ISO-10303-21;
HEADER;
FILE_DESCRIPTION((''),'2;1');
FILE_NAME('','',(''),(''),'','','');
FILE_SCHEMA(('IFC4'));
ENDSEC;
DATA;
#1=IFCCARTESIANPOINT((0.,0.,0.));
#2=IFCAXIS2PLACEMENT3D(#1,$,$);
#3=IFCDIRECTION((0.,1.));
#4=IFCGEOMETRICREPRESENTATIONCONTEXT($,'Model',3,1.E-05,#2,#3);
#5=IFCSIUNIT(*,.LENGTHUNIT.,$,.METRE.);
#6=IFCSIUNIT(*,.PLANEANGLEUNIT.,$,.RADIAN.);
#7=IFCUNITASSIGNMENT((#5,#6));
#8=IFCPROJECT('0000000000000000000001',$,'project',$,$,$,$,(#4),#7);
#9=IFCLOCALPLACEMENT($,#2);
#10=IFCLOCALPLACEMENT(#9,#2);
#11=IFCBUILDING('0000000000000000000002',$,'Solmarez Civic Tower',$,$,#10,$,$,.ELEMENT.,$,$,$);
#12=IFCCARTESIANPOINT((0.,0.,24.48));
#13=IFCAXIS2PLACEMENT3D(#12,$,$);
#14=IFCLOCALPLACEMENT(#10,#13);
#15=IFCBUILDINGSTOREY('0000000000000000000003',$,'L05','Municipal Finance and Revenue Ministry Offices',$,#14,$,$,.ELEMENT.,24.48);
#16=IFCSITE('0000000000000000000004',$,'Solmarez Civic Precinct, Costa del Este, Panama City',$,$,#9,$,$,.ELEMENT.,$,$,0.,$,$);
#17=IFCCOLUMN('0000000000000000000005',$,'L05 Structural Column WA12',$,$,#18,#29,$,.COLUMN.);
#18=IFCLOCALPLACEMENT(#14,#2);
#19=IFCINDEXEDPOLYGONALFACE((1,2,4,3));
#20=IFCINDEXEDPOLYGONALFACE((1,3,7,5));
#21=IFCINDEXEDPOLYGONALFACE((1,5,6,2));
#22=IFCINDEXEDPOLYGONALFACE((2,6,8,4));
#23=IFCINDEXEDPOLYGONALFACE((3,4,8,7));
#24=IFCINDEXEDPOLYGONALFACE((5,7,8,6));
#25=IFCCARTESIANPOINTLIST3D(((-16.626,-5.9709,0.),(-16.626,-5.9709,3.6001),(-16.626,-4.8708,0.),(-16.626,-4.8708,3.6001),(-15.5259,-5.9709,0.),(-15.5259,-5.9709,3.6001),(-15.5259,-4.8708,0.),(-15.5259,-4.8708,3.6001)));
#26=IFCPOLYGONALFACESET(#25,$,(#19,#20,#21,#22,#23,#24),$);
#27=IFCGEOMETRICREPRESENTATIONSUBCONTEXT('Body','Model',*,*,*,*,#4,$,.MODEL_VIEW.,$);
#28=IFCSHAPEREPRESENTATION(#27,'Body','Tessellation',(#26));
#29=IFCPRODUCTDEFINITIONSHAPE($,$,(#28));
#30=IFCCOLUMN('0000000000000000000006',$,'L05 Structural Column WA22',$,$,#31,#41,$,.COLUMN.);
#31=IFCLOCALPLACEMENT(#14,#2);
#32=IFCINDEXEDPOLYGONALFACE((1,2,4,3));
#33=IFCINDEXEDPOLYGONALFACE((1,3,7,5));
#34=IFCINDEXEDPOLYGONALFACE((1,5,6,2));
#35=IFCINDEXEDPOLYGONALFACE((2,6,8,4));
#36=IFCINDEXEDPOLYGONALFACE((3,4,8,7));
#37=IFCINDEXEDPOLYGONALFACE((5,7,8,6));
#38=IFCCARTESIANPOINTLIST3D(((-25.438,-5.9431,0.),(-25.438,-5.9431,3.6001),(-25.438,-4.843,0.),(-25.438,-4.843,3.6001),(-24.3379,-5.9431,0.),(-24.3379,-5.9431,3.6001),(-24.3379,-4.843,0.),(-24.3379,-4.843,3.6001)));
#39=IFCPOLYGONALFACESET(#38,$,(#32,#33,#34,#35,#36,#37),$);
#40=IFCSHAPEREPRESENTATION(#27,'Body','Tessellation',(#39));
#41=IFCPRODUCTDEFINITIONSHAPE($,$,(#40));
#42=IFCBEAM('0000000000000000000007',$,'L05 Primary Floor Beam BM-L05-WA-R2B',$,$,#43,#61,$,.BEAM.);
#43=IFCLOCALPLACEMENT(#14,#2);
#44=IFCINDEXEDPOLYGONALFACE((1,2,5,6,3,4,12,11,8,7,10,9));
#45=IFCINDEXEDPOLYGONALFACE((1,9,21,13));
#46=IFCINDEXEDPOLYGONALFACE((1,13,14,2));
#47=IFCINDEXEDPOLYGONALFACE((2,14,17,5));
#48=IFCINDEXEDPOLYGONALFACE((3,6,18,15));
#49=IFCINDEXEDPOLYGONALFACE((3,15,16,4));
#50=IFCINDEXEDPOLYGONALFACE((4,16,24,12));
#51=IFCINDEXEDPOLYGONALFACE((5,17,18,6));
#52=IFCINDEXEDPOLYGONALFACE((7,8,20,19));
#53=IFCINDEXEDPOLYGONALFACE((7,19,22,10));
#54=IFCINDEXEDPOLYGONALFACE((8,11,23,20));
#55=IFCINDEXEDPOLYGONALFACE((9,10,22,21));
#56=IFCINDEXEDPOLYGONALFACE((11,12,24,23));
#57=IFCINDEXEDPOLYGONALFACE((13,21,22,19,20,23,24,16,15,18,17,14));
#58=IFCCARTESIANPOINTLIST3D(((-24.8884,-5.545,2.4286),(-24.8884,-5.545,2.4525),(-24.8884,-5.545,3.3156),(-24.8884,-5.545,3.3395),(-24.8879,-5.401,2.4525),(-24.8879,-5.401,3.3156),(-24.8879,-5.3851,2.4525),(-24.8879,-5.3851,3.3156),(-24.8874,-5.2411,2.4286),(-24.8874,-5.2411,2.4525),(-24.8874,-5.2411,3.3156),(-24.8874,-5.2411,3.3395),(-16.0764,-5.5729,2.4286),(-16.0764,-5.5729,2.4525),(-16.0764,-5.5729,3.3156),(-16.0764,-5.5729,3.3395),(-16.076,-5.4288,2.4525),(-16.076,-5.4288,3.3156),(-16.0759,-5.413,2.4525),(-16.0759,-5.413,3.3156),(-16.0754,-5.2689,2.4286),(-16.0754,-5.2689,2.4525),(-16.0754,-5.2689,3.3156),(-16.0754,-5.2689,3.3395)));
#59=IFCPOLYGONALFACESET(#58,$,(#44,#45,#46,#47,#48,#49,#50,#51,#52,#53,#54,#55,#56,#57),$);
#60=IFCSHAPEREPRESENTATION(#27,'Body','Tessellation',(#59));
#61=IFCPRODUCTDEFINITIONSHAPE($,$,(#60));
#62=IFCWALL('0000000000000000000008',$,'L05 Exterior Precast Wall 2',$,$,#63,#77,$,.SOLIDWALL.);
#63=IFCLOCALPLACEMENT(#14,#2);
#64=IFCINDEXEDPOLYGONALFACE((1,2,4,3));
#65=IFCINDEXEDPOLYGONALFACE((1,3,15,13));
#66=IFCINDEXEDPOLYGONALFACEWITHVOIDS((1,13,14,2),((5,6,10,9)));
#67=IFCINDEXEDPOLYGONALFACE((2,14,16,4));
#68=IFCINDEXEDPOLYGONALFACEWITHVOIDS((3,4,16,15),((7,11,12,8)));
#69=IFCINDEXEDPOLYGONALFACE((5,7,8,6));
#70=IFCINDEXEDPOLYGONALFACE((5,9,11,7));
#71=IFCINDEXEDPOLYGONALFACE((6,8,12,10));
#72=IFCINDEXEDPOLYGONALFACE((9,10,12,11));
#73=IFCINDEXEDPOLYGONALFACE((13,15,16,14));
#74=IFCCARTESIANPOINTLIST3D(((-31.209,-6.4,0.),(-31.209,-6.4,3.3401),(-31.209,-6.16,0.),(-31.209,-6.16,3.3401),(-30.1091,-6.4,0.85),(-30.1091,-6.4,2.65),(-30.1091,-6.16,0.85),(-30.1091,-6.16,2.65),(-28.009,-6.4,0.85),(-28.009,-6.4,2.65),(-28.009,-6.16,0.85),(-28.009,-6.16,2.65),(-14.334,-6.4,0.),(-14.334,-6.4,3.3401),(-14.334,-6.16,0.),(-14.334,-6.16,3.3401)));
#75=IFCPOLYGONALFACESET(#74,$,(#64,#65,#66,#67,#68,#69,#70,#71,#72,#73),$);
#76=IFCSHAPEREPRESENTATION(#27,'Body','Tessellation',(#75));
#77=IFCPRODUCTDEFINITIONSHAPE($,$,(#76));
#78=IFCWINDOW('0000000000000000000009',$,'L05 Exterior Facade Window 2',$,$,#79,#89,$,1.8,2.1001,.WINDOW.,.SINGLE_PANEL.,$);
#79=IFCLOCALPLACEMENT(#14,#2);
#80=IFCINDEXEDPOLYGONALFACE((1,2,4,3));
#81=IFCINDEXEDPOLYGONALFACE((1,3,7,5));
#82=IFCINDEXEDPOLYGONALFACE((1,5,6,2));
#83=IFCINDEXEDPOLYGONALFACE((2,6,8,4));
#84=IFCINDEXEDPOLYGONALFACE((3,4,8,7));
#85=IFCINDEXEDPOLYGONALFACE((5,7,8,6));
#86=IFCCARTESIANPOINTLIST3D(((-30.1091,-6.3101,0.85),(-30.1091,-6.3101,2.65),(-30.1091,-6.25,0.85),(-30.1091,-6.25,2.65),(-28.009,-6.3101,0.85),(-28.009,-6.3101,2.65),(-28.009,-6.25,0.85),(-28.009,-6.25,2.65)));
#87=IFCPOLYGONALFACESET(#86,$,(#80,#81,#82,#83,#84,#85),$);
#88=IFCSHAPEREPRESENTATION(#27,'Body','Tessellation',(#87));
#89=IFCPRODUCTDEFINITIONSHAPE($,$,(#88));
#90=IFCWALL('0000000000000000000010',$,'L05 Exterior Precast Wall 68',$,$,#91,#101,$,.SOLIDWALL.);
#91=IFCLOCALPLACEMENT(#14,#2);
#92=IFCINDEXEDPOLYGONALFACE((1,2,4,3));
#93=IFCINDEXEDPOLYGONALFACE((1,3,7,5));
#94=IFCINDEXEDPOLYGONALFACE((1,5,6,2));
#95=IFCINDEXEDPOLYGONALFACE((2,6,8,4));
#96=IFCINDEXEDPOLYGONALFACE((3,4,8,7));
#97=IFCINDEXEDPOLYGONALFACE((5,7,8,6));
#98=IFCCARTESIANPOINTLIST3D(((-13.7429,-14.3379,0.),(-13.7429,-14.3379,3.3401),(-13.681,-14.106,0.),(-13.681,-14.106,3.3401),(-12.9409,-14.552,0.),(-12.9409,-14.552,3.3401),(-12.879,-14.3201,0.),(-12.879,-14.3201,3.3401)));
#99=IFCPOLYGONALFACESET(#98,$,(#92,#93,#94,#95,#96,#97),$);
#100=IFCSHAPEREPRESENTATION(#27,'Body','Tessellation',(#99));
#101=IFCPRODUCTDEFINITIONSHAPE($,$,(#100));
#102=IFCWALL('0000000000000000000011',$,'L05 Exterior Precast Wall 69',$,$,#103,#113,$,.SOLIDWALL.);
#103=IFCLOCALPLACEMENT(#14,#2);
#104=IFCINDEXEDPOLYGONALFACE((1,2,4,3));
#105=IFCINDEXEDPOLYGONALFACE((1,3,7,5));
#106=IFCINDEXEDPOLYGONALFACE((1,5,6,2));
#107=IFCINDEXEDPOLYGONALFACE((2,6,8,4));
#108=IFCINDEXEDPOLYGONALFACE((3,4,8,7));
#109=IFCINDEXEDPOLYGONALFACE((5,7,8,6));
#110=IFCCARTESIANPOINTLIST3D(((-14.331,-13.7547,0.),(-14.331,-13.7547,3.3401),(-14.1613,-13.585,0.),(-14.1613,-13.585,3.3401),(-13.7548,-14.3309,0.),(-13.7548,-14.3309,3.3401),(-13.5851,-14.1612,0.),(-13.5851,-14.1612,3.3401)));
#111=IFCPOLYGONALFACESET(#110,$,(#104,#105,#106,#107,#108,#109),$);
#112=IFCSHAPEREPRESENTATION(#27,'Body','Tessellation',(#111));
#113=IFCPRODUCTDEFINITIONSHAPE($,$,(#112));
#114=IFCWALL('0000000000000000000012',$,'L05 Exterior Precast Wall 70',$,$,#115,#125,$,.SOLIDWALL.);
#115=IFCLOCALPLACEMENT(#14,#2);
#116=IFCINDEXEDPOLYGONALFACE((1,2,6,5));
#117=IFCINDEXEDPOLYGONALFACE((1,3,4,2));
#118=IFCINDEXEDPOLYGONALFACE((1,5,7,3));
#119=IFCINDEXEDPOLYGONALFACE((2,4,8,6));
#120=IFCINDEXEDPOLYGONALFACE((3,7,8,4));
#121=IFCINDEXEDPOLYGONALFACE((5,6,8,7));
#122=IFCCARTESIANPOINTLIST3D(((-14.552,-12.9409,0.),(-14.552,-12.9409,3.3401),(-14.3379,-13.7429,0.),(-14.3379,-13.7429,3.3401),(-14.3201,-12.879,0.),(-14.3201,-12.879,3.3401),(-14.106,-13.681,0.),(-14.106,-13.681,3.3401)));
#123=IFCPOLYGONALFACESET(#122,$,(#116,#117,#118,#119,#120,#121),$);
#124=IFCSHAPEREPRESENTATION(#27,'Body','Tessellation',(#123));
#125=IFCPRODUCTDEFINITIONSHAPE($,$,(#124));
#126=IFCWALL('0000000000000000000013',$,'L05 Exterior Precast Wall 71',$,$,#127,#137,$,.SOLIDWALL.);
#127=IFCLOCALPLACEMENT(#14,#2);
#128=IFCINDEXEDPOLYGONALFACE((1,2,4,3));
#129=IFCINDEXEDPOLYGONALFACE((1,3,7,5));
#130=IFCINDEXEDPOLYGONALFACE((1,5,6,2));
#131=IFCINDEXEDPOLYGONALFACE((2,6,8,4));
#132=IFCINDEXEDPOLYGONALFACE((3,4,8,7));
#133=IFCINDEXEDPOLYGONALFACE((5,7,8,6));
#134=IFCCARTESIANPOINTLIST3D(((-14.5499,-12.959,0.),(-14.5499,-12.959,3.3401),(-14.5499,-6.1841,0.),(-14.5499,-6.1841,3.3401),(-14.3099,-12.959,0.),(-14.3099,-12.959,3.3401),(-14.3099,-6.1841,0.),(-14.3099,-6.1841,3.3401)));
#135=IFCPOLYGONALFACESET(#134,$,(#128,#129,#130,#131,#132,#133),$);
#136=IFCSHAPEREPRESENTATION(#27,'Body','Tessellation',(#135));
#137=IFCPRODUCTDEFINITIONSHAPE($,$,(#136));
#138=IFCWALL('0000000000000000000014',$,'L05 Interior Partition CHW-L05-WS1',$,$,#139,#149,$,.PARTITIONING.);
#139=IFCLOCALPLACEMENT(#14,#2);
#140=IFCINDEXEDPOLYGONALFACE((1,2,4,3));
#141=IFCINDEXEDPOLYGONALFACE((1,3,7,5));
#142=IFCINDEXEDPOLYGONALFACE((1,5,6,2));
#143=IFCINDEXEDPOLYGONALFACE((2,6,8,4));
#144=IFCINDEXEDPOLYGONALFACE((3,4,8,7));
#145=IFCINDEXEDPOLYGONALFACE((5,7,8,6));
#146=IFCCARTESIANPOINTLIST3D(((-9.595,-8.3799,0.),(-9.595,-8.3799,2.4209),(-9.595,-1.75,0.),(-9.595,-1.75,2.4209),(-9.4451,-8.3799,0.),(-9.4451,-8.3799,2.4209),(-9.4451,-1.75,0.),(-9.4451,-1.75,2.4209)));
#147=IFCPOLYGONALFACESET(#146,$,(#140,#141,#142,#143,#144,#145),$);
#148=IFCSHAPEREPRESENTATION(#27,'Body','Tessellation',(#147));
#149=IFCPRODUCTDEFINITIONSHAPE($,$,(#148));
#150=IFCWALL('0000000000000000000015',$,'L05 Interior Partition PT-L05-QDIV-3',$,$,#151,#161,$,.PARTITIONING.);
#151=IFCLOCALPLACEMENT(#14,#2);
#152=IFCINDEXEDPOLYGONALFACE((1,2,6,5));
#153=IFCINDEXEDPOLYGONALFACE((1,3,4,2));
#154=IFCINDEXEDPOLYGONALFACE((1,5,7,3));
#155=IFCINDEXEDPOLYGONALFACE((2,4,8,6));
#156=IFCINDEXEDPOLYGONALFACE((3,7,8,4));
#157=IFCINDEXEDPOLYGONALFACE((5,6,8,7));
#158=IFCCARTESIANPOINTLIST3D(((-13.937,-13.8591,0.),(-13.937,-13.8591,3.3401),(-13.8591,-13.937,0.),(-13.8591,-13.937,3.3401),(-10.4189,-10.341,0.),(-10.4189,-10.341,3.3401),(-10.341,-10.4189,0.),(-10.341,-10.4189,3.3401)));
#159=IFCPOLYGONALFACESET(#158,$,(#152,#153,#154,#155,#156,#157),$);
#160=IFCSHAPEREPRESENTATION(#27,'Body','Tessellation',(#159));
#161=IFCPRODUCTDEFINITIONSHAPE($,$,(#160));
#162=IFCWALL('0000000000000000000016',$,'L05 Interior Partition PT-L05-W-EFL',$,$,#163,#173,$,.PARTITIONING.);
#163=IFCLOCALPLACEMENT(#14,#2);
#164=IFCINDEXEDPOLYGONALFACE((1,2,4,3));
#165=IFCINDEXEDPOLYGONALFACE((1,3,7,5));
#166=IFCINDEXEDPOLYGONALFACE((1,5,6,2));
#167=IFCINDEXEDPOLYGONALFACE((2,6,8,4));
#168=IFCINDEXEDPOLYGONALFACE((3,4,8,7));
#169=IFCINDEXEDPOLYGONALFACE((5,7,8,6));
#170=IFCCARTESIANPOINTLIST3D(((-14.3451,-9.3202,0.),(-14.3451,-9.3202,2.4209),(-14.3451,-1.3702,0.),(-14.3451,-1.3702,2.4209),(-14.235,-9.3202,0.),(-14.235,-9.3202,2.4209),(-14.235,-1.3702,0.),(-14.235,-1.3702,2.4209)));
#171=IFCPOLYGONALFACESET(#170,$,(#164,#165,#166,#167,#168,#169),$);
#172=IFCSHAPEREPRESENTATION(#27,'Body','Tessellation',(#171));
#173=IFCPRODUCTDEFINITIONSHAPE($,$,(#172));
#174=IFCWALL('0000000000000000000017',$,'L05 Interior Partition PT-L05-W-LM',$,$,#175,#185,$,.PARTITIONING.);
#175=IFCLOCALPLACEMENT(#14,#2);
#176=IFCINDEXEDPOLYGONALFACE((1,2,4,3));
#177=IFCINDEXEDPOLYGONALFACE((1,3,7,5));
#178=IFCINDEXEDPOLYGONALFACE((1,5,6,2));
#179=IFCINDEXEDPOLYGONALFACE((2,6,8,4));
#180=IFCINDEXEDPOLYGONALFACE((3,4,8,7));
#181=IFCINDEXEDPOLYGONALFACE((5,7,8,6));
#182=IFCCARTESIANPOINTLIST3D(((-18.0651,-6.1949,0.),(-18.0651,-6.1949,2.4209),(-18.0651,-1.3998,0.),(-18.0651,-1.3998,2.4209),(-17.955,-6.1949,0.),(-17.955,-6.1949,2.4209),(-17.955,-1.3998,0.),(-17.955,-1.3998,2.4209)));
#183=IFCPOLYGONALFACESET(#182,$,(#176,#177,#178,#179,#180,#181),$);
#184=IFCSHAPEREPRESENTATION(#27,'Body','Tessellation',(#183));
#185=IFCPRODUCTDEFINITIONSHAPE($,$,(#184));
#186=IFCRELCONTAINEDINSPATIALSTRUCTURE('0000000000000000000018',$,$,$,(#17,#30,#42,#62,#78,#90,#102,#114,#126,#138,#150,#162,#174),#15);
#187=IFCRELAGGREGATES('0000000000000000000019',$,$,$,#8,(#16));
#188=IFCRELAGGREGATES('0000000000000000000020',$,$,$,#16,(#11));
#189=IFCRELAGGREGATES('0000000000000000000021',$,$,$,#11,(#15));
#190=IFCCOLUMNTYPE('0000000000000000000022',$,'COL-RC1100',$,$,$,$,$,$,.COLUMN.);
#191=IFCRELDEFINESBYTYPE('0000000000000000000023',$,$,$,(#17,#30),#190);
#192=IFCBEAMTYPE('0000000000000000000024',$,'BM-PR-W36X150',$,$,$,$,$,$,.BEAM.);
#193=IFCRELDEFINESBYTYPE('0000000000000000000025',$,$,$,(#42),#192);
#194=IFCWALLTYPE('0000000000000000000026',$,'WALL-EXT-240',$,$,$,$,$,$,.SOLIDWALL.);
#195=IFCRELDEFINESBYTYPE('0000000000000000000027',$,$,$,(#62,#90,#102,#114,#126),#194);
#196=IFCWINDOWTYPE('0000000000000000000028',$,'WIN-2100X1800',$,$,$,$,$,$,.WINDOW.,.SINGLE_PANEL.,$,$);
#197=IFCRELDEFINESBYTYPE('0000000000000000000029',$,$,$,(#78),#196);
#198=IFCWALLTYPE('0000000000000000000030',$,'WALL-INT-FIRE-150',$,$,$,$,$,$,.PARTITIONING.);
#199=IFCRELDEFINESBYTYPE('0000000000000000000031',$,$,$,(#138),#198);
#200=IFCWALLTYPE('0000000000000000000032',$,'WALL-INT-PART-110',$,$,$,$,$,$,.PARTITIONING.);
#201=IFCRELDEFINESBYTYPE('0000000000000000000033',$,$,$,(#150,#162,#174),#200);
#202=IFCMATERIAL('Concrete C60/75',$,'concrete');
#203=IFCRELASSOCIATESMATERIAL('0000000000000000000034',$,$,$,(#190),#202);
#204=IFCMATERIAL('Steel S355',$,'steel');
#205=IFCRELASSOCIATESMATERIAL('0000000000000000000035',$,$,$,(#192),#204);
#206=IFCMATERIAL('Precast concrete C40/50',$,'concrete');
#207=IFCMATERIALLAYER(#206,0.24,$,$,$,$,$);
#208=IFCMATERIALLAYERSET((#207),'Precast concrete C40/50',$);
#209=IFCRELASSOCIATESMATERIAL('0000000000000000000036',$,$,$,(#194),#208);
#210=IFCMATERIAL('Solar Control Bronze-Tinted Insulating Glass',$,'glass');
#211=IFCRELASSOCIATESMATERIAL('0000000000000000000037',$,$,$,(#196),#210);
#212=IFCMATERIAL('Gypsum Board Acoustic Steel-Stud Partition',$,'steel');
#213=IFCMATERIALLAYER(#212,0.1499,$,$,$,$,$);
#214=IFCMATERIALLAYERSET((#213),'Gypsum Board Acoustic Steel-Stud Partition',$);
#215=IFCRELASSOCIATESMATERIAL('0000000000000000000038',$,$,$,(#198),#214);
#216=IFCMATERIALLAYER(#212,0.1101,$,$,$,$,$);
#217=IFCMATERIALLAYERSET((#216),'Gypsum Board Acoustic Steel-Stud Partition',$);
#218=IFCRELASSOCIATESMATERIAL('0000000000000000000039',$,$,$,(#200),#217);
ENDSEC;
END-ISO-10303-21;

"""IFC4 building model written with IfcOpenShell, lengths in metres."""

from ifc_helpers import new_model, si_unit, direction, frame, frame_2d, origin, origin_2d, place, context, subcontext, project, spatial, rectangle, i_section, extrude, material, layer, layer_set, material_profile, profile_set, type_object, element, fill, save


model = new_model("IFC4")

# Units and contexts
model_context = context("Model", 3, precision=1e-05, world=origin(), true_north=direction((0.0, 1.0)))
body_context = subcontext(model_context, "Body", "Model", "MODEL_VIEW")
ifc_project = project(units=[si_unit("LENGTHUNIT", "METRE"), si_unit("PLANEANGLEUNIT", "RADIAN")], contexts=[model_context])

# Site, building, storey
site_placement = place(None, origin())
site = spatial("IfcSite", under=ifc_project, at=site_placement, Name="Solmarez Civic Precinct, Costa del Este, Panama City", CompositionType="ELEMENT", RefElevation=0.0)
building_placement = place(site_placement, origin())
building = spatial("IfcBuilding", under=site, at=building_placement, Name="Solmarez Civic Tower", CompositionType="ELEMENT")
storey_placement = place(building_placement, frame((0.0, 0.0, 24.48)))
storey = spatial("IfcBuildingStorey", under=building, at=storey_placement, Name="L05", Description="Municipal Finance and Revenue Ministry Offices", CompositionType="ELEMENT", Elevation=24.48)

# Columns
ifc_material_1 = material(Name="Concrete C60/75", Category="concrete")
ifc_material_profile_1 = material_profile(ifc_material_1, rectangle(XDim=1.1001, YDim=1.1001, at=origin_2d()), Name="RC1100X1100")
ifc_profile_set_1 = profile_set([ifc_material_profile_1], Name="Concrete C60/75")
column_type = type_object("IfcColumnType", Name="COL-RC1100", PredefinedType="COLUMN", material=ifc_profile_set_1)
for number, where, z_axis, x_axis, name in (
    (1, (-16.0759, -5.4209, 0.0), (0.0, 0.0, 1.0), (1.0, 0.0, 0.0), "L05 Structural Column WA12"),
    (2, (-24.8879, -5.3931, 0.0), (0.0, 0.0, 1.0), (1.0, 0.0, 0.0), "L05 Structural Column WA22"),
):
    element("IfcColumn", number, at=place(storey_placement, frame(where, z_axis=z_axis, x_axis=x_axis)), inside=storey, type_object=column_type, Name=name, PredefinedType="COLUMN", context=body_context, shape_type="SweptSolid", body=[
        extrude(rectangle(XDim=1.1001, YDim=1.1001, at=origin_2d()), origin(), (0.0, 0.0, 1.0), 3.6001),
    ])

# Beam
ifc_material_2 = material(Name="Steel S355", Category="steel")
ifc_material_profile_2 = material_profile(ifc_material_2, i_section(OverallWidth=0.304, OverallDepth=0.9109, WebThickness=0.0159, FlangeThickness=0.0239, at=origin_2d()), Name="W36X150")
ifc_profile_set_2 = profile_set([ifc_material_profile_2], Name="Steel S355")
beam_type = type_object("IfcBeamType", Name="BM-PR-W36X150", PredefinedType="BEAM", material=ifc_profile_set_2)
beam_placement = place(storey_placement, frame((-16.0759, -5.4209, 2.884), z_axis=(-0.999995, 0.003158, 0.0), x_axis=(-0.003158, -0.999995, 0.0)))
element("IfcBeam", 3, at=beam_placement, inside=storey, type_object=beam_type, Name="L05 Primary Floor Beam BM-L05-WA-R2B", PredefinedType="BEAM", context=body_context, shape_type="SweptSolid", body=[
    extrude(i_section(OverallWidth=0.304, OverallDepth=0.9109, WebThickness=0.0159, FlangeThickness=0.0239, at=origin_2d()), origin(), (0.0, 0.0, 1.0), 8.812),
])

# Wall, opening, window
ifc_material_3 = material(Name="Precast concrete C40/50", Category="concrete")
ifc_layer_1 = layer(ifc_material_3, 0.24)
ifc_layer_set_1 = layer_set([ifc_layer_1], Name="Precast concrete C40/50")
wall_type_1 = type_object("IfcWallType", Name="WALL-EXT-240", PredefinedType="SOLIDWALL", material=ifc_layer_set_1)
wall_1_placement = place(storey_placement, frame((-14.334, -6.28, 0.0), z_axis=(0.0, 0.0, 1.0), x_axis=(-1.0, 0.0, 0.0)))
wall_1 = element("IfcWall", 4, at=wall_1_placement, inside=storey, type_object=wall_type_1, Name="L05 Exterior Precast Wall 2", PredefinedType="SOLIDWALL", context=body_context, shape_type="SweptSolid", body=[
    extrude(rectangle(XDim=16.875, YDim=0.24, at=frame_2d((8.4375, 0.0))), origin(), (0.0, 0.0, 1.0), 3.3401),
])
opening_1_placement = place(wall_1_placement, frame((13.675, 0.0, 0.8501)))
opening_1 = element("IfcOpeningElement", 5, at=opening_1_placement, cuts=wall_1, PredefinedType="OPENING", context=body_context, shape_type="SweptSolid", body=[
    extrude(rectangle(XDim=2.1001, YDim=1.8, at=frame_2d((1.05, 0.8999))), frame((0.0, 0.1299, 0.0), z_axis=(0.0, -1.0, 0.0), x_axis=(1.0, 0.0, 0.0)), (0.0, 0.0, 1.0), 0.26),
])
ifc_material_4 = material(Name="Solar Control Bronze-Tinted Insulating Glass", Category="glass")
window_type = type_object("IfcWindowType", Name="WIN-2100X1800", PartitioningType="SINGLE_PANEL", PredefinedType="WINDOW", material=ifc_material_4)
window_placement = place(opening_1_placement, origin())
window = element("IfcWindow", 6, at=window_placement, inside=storey, type_object=window_type, Name="L05 Exterior Facade Window 2", OverallHeight=1.8, OverallWidth=2.1001, PartitioningType="SINGLE_PANEL", PredefinedType="WINDOW", context=body_context, shape_type="SweptSolid", body=[
    extrude(rectangle(XDim=2.1001, YDim=1.8, at=frame_2d((1.05, 0.8999))), frame((0.0, 0.03, 0.0), z_axis=(0.0, -1.0, 0.0), x_axis=(1.0, 0.0, 0.0)), (0.0, 0.0, 1.0), 0.0601),
])
fill(opening_1, window)

# Walls
wall_2_placement = place(storey_placement, frame((-12.9099, -14.436, 0.0), z_axis=(0.0, 0.0, 1.0), x_axis=(-0.966162, 0.257937, 0.0)))
element("IfcWall", 7, at=wall_2_placement, inside=storey, type_object=wall_type_1, Name="L05 Exterior Precast Wall 68", PredefinedType="SOLIDWALL", context=body_context, shape_type="SweptSolid", body=[
    extrude(rectangle(XDim=0.8301, YDim=0.24, at=frame_2d((0.415, 0.0))), origin(), (0.0, 0.0, 1.0), 3.3401),
])
wall_3_placement = place(storey_placement, frame((-13.6699, -14.2461, 0.0), z_axis=(0.0, 0.0, 1.0), x_axis=(-0.707107, 0.707107, 0.0)))
element("IfcWall", 8, at=wall_3_placement, inside=storey, type_object=wall_type_1, Name="L05 Exterior Precast Wall 69", PredefinedType="SOLIDWALL", context=body_context, shape_type="SweptSolid", body=[
    extrude(rectangle(XDim=0.8149, YDim=0.24, at=frame_2d((0.4075, 0.0))), origin(), (0.0, 0.0, 1.0), 3.3401),
])
wall_4_placement = place(storey_placement, frame((-14.2219, -13.7119, 0.0), z_axis=(0.0, 0.0, 1.0), x_axis=(-0.257937, 0.966162, 0.0)))
element("IfcWall", 9, at=wall_4_placement, inside=storey, type_object=wall_type_1, Name="L05 Exterior Precast Wall 70", PredefinedType="SOLIDWALL", context=body_context, shape_type="SweptSolid", body=[
    extrude(rectangle(XDim=0.8301, YDim=0.24, at=frame_2d((0.415, 0.0))), origin(), (0.0, 0.0, 1.0), 3.3401),
])
wall_5_placement = place(storey_placement, frame((-14.4299, -12.959, 0.0), z_axis=(0.0, 0.0, 1.0), x_axis=(0.0, 1.0, 0.0)))
element("IfcWall", 10, at=wall_5_placement, inside=storey, type_object=wall_type_1, Name="L05 Exterior Precast Wall 71", PredefinedType="SOLIDWALL", context=body_context, shape_type="SweptSolid", body=[
    extrude(rectangle(XDim=6.7749, YDim=0.24, at=frame_2d((3.3875, 0.0))), origin(), (0.0, 0.0, 1.0), 3.3401),
])
ifc_material_5 = material(Name="Gypsum Board Acoustic Steel-Stud Partition", Category="steel")
ifc_layer_2 = layer(ifc_material_5, 0.1499)
ifc_layer_set_2 = layer_set([ifc_layer_2], Name="Gypsum Board Acoustic Steel-Stud Partition")
wall_type_2 = type_object("IfcWallType", Name="WALL-INT-FIRE-150", PredefinedType="PARTITIONING", material=ifc_layer_set_2)
wall_6_placement = place(storey_placement, frame((-9.52, -8.3799, 0.0), z_axis=(0.0, 0.0, 1.0), x_axis=(0.0, 1.0, 0.0)))
element("IfcWall", 11, at=wall_6_placement, inside=storey, type_object=wall_type_2, Name="L05 Interior Partition CHW-L05-WS1", PredefinedType="PARTITIONING", context=body_context, shape_type="SweptSolid", body=[
    extrude(rectangle(XDim=6.6299, YDim=0.1499, at=frame_2d((3.3149, 0.0))), origin(), (0.0, 0.0, 1.0), 2.4209),
])
ifc_layer_3 = layer(ifc_material_5, 0.1101)
ifc_layer_set_3 = layer_set([ifc_layer_3], Name="Gypsum Board Acoustic Steel-Stud Partition")
wall_type_3 = type_object("IfcWallType", Name="WALL-INT-PART-110", PredefinedType="PARTITIONING", material=ifc_layer_set_3)
wall_7_placement = place(storey_placement, frame((-10.3799, -10.3799, 0.0), z_axis=(0.0, 0.0, 1.0), x_axis=(-0.707107, -0.707107, 0.0)))
element("IfcWall", 12, at=wall_7_placement, inside=storey, type_object=wall_type_3, Name="L05 Interior Partition PT-L05-QDIV-3", PredefinedType="PARTITIONING", context=body_context, shape_type="SweptSolid", body=[
    extrude(rectangle(XDim=4.9753, YDim=0.1101, at=frame_2d((2.4878, 0.0))), origin(), (0.0, 0.0, 1.0), 3.3401),
])
wall_8_placement = place(storey_placement, frame((-14.29, -1.3701, 0.0), z_axis=(0.0, 0.0, 1.0), x_axis=(0.0, -1.0, 0.0)))
element("IfcWall", 13, at=wall_8_placement, inside=storey, type_object=wall_type_3, Name="L05 Interior Partition PT-L05-W-EFL", PredefinedType="PARTITIONING", context=body_context, shape_type="SweptSolid", body=[
    extrude(rectangle(XDim=7.95, YDim=0.1101, at=frame_2d((3.9751, 0.0))), origin(), (0.0, 0.0, 1.0), 2.4209),
])
wall_9_placement = place(storey_placement, frame((-18.01, -1.3999, 0.0), z_axis=(0.0, 0.0, 1.0), x_axis=(0.0, -1.0, 0.0)))
element("IfcWall", 14, at=wall_9_placement, inside=storey, type_object=wall_type_3, Name="L05 Interior Partition PT-L05-W-LM", PredefinedType="PARTITIONING", context=body_context, shape_type="SweptSolid", body=[
    extrude(rectangle(XDim=4.7952, YDim=0.1101, at=frame_2d((2.3975, 0.0))), origin(), (0.0, 0.0, 1.0), 2.4209),
])

save(model, "model.ifc")
